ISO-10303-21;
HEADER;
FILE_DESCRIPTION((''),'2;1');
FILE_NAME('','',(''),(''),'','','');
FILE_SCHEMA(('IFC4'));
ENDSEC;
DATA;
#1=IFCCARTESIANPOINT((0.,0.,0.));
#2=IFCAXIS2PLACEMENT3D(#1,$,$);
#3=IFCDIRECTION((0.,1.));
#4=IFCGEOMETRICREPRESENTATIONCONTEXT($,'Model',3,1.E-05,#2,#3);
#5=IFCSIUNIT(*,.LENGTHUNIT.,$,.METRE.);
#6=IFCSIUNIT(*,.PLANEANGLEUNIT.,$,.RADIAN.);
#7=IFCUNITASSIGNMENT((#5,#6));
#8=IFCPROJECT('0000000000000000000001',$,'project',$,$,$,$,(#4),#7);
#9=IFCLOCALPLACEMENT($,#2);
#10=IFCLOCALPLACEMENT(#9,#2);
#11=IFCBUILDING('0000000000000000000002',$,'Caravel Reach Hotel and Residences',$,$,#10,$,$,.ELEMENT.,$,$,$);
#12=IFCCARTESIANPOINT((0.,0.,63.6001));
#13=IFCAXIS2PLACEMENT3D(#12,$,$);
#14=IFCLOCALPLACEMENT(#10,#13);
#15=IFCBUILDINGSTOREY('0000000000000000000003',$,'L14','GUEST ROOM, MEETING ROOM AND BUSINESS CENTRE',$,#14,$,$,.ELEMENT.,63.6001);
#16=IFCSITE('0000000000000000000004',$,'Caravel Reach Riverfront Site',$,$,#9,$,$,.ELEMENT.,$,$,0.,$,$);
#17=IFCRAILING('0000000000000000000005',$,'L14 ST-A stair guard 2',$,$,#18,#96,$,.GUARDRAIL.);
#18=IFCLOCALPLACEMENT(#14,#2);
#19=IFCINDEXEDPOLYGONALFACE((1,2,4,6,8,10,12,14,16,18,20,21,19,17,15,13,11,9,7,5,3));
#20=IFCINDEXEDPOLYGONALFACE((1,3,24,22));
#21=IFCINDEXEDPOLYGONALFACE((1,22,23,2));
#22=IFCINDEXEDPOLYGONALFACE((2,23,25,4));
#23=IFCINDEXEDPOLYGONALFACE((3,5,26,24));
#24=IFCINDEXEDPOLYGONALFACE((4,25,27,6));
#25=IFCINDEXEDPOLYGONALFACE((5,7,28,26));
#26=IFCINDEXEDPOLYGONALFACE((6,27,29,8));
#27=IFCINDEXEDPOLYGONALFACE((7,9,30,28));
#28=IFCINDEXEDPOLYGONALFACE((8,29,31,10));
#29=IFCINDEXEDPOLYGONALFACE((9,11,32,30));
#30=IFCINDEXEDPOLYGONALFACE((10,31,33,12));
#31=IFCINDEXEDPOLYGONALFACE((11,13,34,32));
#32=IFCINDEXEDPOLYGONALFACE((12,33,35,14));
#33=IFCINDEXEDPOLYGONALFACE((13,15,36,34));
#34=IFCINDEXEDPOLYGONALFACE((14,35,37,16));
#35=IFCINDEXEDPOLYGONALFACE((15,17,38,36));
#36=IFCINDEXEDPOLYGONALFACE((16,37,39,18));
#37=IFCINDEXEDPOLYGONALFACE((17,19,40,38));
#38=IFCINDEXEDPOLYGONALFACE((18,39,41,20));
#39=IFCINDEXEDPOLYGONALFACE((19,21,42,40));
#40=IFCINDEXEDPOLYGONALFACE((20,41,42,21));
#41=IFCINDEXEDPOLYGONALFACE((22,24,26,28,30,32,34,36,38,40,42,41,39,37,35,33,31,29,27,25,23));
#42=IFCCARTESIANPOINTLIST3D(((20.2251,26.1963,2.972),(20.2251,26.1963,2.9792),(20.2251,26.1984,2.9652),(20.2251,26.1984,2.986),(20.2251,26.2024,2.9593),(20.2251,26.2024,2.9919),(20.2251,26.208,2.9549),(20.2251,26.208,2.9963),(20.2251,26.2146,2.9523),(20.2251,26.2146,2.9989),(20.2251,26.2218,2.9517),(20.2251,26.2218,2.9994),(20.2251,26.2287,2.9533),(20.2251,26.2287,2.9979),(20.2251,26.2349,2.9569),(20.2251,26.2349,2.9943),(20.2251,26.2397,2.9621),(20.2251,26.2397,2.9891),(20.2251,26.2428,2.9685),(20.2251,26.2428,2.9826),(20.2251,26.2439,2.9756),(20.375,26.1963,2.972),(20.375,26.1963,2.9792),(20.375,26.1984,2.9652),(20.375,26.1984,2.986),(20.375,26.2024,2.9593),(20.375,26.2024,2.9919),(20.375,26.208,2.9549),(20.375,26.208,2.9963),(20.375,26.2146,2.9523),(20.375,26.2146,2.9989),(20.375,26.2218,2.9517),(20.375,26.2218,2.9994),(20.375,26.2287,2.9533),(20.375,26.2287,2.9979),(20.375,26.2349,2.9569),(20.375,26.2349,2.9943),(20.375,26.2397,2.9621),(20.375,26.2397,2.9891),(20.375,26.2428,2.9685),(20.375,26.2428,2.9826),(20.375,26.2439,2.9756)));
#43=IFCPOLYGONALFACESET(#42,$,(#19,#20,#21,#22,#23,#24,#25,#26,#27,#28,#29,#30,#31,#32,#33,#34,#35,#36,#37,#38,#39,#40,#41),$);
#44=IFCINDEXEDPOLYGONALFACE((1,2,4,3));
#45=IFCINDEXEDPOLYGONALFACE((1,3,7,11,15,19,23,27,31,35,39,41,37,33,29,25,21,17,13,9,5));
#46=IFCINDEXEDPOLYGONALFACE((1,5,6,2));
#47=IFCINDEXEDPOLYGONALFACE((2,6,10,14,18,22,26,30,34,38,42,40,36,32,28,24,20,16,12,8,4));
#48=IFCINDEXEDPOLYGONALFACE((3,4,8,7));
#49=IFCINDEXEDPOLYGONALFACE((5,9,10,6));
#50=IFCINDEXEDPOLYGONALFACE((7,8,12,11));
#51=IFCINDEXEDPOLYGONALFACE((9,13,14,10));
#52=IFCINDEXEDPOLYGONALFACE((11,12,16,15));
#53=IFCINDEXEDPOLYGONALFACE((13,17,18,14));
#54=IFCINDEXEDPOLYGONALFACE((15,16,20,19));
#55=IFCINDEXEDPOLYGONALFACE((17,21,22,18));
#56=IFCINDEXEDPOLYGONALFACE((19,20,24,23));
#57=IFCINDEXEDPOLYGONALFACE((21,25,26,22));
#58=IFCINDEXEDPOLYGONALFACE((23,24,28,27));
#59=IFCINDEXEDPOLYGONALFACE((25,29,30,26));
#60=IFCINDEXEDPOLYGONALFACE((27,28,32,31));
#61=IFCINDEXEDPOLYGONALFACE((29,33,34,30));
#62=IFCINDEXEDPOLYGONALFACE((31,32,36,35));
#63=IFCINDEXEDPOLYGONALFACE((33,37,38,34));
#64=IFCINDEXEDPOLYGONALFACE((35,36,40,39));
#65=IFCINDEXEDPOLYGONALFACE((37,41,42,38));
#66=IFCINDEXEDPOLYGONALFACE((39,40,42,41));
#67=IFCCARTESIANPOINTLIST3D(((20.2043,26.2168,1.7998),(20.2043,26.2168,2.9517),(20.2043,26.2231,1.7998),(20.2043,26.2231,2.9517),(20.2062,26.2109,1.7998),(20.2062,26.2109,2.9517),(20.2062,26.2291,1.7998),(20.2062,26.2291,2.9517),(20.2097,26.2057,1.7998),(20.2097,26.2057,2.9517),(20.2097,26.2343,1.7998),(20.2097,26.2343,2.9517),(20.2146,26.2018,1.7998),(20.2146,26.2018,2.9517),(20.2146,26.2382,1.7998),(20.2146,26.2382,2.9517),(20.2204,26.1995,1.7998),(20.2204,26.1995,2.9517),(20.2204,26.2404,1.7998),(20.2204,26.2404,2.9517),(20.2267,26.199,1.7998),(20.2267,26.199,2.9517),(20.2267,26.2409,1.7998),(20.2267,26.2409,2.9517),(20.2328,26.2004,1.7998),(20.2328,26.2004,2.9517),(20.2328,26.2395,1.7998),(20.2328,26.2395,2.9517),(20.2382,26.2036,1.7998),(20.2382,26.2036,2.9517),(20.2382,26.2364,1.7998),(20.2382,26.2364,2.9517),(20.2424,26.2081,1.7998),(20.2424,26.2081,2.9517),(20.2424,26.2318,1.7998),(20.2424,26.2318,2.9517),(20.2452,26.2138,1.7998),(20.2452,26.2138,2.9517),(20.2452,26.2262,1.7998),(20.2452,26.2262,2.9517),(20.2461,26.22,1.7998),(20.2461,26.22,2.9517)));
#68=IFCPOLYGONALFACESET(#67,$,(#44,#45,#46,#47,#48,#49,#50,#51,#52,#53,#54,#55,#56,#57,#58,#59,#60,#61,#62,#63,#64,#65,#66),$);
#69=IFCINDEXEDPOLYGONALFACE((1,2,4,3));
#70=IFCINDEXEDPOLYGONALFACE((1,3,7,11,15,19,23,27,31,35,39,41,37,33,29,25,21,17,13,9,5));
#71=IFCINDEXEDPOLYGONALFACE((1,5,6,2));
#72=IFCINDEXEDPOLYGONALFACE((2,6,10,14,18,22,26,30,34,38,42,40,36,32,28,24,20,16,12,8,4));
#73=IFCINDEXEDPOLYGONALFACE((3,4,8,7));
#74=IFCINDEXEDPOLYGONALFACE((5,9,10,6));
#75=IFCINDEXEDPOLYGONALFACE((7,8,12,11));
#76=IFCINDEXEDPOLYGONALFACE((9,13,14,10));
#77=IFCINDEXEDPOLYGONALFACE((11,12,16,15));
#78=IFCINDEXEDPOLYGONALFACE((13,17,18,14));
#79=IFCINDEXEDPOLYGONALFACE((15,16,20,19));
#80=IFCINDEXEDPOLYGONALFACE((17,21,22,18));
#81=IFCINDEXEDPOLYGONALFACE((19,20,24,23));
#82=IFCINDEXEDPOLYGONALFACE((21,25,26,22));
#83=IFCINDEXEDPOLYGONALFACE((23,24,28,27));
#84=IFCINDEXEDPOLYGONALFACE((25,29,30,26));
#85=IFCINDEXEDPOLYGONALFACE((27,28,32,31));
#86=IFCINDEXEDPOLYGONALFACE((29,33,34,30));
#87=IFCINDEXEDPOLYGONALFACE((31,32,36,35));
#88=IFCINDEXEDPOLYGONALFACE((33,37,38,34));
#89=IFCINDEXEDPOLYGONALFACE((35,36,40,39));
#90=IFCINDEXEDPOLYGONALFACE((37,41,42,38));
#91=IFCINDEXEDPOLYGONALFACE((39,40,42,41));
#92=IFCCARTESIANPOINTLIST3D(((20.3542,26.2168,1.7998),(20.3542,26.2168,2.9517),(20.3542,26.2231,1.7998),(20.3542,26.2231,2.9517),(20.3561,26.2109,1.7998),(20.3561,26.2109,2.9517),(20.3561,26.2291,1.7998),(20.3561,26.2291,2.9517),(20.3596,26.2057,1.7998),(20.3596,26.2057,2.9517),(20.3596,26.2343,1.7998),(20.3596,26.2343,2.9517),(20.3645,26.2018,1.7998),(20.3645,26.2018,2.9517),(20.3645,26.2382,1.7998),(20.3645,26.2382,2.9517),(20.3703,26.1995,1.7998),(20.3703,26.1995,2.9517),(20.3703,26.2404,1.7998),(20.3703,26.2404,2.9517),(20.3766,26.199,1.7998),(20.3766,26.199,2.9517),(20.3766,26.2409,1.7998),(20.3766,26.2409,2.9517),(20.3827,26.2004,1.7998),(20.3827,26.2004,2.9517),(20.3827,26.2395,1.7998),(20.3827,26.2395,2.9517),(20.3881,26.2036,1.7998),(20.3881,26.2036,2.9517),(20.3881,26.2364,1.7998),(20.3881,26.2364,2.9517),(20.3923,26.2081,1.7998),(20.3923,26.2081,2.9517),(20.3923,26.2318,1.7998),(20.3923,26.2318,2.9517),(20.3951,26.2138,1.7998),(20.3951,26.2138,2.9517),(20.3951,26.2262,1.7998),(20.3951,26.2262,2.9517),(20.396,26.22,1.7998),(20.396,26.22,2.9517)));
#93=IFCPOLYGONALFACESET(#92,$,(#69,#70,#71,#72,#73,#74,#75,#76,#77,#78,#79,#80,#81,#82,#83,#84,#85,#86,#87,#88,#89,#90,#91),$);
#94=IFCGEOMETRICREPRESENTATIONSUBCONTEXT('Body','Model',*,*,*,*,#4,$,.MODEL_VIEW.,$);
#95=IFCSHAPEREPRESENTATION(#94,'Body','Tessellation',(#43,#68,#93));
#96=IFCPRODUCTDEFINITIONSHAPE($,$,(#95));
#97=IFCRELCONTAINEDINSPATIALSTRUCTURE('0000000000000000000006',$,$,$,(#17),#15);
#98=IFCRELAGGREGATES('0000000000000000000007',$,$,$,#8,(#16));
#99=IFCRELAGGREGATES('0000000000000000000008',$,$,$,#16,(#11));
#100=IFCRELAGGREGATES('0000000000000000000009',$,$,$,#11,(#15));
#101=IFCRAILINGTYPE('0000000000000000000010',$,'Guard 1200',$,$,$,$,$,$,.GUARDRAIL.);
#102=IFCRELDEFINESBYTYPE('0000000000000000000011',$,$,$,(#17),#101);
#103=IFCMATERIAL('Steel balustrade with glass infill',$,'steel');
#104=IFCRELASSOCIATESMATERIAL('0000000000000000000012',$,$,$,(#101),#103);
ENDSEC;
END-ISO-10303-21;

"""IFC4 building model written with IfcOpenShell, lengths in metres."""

from ifc_helpers import new_model, si_unit, direction, frame, origin, origin_2d, place, context, subcontext, project, spatial, circle, extrude, material, type_object, element, save


model = new_model("IFC4")

# Units and contexts
model_context = context("Model", 3, precision=1e-05, world=origin(), true_north=direction((0.0, 1.0)))
body_context = subcontext(model_context, "Body", "Model", "MODEL_VIEW")
ifc_project = project(units=[si_unit("LENGTHUNIT", "METRE"), si_unit("PLANEANGLEUNIT", "RADIAN")], contexts=[model_context])

# Site, building, storey
site_placement = place(None, origin())
site = spatial("IfcSite", under=ifc_project, at=site_placement, Name="Caravel Reach Riverfront Site", CompositionType="ELEMENT", RefElevation=0.0)
building_placement = place(site_placement, origin())
building = spatial("IfcBuilding", under=site, at=building_placement, Name="Caravel Reach Hotel and Residences", CompositionType="ELEMENT")
storey_placement = place(building_placement, frame((0.0, 0.0, 63.6001)))
storey = spatial("IfcBuildingStorey", under=building, at=storey_placement, Name="L14", Description="GUEST ROOM, MEETING ROOM AND BUSINESS CENTRE", CompositionType="ELEMENT", Elevation=63.6001)

# Railing
ifc_material_1 = material(Name="Steel balustrade with glass infill", Category="steel")
railing_type_1 = type_object("IfcRailingType", Name="Guard 1200", PredefinedType="GUARDRAIL", material=ifc_material_1)
railing_1_placement = place(storey_placement, frame((20.2251, 26.22, 1.7998)))
element("IfcRailing", 1, at=railing_1_placement, inside=storey, type_object=railing_type_1, Name="L14 ST-A stair guard 2", PredefinedType="GUARDRAIL", context=body_context, shape_type="SweptSolid", body=[
    extrude(circle(Radius=0.0239, at=origin_2d()), frame((0.0, 0.0, 1.1758), z_axis=(1.0, 0.0, 0.0), x_axis=(0.0, 1.0, 0.0)), (0.0, 0.0, 1.0), 0.1499),
    extrude(circle(Radius=0.021, at=origin_2d()), origin(), (0.0, 0.0, 1.0), 1.1519),
    extrude(circle(Radius=0.021, at=origin_2d()), frame((0.1499, 0.0, 0.0)), (0.0, 0.0, 1.0), 1.1519),
])

save(model, "model.ifc")
